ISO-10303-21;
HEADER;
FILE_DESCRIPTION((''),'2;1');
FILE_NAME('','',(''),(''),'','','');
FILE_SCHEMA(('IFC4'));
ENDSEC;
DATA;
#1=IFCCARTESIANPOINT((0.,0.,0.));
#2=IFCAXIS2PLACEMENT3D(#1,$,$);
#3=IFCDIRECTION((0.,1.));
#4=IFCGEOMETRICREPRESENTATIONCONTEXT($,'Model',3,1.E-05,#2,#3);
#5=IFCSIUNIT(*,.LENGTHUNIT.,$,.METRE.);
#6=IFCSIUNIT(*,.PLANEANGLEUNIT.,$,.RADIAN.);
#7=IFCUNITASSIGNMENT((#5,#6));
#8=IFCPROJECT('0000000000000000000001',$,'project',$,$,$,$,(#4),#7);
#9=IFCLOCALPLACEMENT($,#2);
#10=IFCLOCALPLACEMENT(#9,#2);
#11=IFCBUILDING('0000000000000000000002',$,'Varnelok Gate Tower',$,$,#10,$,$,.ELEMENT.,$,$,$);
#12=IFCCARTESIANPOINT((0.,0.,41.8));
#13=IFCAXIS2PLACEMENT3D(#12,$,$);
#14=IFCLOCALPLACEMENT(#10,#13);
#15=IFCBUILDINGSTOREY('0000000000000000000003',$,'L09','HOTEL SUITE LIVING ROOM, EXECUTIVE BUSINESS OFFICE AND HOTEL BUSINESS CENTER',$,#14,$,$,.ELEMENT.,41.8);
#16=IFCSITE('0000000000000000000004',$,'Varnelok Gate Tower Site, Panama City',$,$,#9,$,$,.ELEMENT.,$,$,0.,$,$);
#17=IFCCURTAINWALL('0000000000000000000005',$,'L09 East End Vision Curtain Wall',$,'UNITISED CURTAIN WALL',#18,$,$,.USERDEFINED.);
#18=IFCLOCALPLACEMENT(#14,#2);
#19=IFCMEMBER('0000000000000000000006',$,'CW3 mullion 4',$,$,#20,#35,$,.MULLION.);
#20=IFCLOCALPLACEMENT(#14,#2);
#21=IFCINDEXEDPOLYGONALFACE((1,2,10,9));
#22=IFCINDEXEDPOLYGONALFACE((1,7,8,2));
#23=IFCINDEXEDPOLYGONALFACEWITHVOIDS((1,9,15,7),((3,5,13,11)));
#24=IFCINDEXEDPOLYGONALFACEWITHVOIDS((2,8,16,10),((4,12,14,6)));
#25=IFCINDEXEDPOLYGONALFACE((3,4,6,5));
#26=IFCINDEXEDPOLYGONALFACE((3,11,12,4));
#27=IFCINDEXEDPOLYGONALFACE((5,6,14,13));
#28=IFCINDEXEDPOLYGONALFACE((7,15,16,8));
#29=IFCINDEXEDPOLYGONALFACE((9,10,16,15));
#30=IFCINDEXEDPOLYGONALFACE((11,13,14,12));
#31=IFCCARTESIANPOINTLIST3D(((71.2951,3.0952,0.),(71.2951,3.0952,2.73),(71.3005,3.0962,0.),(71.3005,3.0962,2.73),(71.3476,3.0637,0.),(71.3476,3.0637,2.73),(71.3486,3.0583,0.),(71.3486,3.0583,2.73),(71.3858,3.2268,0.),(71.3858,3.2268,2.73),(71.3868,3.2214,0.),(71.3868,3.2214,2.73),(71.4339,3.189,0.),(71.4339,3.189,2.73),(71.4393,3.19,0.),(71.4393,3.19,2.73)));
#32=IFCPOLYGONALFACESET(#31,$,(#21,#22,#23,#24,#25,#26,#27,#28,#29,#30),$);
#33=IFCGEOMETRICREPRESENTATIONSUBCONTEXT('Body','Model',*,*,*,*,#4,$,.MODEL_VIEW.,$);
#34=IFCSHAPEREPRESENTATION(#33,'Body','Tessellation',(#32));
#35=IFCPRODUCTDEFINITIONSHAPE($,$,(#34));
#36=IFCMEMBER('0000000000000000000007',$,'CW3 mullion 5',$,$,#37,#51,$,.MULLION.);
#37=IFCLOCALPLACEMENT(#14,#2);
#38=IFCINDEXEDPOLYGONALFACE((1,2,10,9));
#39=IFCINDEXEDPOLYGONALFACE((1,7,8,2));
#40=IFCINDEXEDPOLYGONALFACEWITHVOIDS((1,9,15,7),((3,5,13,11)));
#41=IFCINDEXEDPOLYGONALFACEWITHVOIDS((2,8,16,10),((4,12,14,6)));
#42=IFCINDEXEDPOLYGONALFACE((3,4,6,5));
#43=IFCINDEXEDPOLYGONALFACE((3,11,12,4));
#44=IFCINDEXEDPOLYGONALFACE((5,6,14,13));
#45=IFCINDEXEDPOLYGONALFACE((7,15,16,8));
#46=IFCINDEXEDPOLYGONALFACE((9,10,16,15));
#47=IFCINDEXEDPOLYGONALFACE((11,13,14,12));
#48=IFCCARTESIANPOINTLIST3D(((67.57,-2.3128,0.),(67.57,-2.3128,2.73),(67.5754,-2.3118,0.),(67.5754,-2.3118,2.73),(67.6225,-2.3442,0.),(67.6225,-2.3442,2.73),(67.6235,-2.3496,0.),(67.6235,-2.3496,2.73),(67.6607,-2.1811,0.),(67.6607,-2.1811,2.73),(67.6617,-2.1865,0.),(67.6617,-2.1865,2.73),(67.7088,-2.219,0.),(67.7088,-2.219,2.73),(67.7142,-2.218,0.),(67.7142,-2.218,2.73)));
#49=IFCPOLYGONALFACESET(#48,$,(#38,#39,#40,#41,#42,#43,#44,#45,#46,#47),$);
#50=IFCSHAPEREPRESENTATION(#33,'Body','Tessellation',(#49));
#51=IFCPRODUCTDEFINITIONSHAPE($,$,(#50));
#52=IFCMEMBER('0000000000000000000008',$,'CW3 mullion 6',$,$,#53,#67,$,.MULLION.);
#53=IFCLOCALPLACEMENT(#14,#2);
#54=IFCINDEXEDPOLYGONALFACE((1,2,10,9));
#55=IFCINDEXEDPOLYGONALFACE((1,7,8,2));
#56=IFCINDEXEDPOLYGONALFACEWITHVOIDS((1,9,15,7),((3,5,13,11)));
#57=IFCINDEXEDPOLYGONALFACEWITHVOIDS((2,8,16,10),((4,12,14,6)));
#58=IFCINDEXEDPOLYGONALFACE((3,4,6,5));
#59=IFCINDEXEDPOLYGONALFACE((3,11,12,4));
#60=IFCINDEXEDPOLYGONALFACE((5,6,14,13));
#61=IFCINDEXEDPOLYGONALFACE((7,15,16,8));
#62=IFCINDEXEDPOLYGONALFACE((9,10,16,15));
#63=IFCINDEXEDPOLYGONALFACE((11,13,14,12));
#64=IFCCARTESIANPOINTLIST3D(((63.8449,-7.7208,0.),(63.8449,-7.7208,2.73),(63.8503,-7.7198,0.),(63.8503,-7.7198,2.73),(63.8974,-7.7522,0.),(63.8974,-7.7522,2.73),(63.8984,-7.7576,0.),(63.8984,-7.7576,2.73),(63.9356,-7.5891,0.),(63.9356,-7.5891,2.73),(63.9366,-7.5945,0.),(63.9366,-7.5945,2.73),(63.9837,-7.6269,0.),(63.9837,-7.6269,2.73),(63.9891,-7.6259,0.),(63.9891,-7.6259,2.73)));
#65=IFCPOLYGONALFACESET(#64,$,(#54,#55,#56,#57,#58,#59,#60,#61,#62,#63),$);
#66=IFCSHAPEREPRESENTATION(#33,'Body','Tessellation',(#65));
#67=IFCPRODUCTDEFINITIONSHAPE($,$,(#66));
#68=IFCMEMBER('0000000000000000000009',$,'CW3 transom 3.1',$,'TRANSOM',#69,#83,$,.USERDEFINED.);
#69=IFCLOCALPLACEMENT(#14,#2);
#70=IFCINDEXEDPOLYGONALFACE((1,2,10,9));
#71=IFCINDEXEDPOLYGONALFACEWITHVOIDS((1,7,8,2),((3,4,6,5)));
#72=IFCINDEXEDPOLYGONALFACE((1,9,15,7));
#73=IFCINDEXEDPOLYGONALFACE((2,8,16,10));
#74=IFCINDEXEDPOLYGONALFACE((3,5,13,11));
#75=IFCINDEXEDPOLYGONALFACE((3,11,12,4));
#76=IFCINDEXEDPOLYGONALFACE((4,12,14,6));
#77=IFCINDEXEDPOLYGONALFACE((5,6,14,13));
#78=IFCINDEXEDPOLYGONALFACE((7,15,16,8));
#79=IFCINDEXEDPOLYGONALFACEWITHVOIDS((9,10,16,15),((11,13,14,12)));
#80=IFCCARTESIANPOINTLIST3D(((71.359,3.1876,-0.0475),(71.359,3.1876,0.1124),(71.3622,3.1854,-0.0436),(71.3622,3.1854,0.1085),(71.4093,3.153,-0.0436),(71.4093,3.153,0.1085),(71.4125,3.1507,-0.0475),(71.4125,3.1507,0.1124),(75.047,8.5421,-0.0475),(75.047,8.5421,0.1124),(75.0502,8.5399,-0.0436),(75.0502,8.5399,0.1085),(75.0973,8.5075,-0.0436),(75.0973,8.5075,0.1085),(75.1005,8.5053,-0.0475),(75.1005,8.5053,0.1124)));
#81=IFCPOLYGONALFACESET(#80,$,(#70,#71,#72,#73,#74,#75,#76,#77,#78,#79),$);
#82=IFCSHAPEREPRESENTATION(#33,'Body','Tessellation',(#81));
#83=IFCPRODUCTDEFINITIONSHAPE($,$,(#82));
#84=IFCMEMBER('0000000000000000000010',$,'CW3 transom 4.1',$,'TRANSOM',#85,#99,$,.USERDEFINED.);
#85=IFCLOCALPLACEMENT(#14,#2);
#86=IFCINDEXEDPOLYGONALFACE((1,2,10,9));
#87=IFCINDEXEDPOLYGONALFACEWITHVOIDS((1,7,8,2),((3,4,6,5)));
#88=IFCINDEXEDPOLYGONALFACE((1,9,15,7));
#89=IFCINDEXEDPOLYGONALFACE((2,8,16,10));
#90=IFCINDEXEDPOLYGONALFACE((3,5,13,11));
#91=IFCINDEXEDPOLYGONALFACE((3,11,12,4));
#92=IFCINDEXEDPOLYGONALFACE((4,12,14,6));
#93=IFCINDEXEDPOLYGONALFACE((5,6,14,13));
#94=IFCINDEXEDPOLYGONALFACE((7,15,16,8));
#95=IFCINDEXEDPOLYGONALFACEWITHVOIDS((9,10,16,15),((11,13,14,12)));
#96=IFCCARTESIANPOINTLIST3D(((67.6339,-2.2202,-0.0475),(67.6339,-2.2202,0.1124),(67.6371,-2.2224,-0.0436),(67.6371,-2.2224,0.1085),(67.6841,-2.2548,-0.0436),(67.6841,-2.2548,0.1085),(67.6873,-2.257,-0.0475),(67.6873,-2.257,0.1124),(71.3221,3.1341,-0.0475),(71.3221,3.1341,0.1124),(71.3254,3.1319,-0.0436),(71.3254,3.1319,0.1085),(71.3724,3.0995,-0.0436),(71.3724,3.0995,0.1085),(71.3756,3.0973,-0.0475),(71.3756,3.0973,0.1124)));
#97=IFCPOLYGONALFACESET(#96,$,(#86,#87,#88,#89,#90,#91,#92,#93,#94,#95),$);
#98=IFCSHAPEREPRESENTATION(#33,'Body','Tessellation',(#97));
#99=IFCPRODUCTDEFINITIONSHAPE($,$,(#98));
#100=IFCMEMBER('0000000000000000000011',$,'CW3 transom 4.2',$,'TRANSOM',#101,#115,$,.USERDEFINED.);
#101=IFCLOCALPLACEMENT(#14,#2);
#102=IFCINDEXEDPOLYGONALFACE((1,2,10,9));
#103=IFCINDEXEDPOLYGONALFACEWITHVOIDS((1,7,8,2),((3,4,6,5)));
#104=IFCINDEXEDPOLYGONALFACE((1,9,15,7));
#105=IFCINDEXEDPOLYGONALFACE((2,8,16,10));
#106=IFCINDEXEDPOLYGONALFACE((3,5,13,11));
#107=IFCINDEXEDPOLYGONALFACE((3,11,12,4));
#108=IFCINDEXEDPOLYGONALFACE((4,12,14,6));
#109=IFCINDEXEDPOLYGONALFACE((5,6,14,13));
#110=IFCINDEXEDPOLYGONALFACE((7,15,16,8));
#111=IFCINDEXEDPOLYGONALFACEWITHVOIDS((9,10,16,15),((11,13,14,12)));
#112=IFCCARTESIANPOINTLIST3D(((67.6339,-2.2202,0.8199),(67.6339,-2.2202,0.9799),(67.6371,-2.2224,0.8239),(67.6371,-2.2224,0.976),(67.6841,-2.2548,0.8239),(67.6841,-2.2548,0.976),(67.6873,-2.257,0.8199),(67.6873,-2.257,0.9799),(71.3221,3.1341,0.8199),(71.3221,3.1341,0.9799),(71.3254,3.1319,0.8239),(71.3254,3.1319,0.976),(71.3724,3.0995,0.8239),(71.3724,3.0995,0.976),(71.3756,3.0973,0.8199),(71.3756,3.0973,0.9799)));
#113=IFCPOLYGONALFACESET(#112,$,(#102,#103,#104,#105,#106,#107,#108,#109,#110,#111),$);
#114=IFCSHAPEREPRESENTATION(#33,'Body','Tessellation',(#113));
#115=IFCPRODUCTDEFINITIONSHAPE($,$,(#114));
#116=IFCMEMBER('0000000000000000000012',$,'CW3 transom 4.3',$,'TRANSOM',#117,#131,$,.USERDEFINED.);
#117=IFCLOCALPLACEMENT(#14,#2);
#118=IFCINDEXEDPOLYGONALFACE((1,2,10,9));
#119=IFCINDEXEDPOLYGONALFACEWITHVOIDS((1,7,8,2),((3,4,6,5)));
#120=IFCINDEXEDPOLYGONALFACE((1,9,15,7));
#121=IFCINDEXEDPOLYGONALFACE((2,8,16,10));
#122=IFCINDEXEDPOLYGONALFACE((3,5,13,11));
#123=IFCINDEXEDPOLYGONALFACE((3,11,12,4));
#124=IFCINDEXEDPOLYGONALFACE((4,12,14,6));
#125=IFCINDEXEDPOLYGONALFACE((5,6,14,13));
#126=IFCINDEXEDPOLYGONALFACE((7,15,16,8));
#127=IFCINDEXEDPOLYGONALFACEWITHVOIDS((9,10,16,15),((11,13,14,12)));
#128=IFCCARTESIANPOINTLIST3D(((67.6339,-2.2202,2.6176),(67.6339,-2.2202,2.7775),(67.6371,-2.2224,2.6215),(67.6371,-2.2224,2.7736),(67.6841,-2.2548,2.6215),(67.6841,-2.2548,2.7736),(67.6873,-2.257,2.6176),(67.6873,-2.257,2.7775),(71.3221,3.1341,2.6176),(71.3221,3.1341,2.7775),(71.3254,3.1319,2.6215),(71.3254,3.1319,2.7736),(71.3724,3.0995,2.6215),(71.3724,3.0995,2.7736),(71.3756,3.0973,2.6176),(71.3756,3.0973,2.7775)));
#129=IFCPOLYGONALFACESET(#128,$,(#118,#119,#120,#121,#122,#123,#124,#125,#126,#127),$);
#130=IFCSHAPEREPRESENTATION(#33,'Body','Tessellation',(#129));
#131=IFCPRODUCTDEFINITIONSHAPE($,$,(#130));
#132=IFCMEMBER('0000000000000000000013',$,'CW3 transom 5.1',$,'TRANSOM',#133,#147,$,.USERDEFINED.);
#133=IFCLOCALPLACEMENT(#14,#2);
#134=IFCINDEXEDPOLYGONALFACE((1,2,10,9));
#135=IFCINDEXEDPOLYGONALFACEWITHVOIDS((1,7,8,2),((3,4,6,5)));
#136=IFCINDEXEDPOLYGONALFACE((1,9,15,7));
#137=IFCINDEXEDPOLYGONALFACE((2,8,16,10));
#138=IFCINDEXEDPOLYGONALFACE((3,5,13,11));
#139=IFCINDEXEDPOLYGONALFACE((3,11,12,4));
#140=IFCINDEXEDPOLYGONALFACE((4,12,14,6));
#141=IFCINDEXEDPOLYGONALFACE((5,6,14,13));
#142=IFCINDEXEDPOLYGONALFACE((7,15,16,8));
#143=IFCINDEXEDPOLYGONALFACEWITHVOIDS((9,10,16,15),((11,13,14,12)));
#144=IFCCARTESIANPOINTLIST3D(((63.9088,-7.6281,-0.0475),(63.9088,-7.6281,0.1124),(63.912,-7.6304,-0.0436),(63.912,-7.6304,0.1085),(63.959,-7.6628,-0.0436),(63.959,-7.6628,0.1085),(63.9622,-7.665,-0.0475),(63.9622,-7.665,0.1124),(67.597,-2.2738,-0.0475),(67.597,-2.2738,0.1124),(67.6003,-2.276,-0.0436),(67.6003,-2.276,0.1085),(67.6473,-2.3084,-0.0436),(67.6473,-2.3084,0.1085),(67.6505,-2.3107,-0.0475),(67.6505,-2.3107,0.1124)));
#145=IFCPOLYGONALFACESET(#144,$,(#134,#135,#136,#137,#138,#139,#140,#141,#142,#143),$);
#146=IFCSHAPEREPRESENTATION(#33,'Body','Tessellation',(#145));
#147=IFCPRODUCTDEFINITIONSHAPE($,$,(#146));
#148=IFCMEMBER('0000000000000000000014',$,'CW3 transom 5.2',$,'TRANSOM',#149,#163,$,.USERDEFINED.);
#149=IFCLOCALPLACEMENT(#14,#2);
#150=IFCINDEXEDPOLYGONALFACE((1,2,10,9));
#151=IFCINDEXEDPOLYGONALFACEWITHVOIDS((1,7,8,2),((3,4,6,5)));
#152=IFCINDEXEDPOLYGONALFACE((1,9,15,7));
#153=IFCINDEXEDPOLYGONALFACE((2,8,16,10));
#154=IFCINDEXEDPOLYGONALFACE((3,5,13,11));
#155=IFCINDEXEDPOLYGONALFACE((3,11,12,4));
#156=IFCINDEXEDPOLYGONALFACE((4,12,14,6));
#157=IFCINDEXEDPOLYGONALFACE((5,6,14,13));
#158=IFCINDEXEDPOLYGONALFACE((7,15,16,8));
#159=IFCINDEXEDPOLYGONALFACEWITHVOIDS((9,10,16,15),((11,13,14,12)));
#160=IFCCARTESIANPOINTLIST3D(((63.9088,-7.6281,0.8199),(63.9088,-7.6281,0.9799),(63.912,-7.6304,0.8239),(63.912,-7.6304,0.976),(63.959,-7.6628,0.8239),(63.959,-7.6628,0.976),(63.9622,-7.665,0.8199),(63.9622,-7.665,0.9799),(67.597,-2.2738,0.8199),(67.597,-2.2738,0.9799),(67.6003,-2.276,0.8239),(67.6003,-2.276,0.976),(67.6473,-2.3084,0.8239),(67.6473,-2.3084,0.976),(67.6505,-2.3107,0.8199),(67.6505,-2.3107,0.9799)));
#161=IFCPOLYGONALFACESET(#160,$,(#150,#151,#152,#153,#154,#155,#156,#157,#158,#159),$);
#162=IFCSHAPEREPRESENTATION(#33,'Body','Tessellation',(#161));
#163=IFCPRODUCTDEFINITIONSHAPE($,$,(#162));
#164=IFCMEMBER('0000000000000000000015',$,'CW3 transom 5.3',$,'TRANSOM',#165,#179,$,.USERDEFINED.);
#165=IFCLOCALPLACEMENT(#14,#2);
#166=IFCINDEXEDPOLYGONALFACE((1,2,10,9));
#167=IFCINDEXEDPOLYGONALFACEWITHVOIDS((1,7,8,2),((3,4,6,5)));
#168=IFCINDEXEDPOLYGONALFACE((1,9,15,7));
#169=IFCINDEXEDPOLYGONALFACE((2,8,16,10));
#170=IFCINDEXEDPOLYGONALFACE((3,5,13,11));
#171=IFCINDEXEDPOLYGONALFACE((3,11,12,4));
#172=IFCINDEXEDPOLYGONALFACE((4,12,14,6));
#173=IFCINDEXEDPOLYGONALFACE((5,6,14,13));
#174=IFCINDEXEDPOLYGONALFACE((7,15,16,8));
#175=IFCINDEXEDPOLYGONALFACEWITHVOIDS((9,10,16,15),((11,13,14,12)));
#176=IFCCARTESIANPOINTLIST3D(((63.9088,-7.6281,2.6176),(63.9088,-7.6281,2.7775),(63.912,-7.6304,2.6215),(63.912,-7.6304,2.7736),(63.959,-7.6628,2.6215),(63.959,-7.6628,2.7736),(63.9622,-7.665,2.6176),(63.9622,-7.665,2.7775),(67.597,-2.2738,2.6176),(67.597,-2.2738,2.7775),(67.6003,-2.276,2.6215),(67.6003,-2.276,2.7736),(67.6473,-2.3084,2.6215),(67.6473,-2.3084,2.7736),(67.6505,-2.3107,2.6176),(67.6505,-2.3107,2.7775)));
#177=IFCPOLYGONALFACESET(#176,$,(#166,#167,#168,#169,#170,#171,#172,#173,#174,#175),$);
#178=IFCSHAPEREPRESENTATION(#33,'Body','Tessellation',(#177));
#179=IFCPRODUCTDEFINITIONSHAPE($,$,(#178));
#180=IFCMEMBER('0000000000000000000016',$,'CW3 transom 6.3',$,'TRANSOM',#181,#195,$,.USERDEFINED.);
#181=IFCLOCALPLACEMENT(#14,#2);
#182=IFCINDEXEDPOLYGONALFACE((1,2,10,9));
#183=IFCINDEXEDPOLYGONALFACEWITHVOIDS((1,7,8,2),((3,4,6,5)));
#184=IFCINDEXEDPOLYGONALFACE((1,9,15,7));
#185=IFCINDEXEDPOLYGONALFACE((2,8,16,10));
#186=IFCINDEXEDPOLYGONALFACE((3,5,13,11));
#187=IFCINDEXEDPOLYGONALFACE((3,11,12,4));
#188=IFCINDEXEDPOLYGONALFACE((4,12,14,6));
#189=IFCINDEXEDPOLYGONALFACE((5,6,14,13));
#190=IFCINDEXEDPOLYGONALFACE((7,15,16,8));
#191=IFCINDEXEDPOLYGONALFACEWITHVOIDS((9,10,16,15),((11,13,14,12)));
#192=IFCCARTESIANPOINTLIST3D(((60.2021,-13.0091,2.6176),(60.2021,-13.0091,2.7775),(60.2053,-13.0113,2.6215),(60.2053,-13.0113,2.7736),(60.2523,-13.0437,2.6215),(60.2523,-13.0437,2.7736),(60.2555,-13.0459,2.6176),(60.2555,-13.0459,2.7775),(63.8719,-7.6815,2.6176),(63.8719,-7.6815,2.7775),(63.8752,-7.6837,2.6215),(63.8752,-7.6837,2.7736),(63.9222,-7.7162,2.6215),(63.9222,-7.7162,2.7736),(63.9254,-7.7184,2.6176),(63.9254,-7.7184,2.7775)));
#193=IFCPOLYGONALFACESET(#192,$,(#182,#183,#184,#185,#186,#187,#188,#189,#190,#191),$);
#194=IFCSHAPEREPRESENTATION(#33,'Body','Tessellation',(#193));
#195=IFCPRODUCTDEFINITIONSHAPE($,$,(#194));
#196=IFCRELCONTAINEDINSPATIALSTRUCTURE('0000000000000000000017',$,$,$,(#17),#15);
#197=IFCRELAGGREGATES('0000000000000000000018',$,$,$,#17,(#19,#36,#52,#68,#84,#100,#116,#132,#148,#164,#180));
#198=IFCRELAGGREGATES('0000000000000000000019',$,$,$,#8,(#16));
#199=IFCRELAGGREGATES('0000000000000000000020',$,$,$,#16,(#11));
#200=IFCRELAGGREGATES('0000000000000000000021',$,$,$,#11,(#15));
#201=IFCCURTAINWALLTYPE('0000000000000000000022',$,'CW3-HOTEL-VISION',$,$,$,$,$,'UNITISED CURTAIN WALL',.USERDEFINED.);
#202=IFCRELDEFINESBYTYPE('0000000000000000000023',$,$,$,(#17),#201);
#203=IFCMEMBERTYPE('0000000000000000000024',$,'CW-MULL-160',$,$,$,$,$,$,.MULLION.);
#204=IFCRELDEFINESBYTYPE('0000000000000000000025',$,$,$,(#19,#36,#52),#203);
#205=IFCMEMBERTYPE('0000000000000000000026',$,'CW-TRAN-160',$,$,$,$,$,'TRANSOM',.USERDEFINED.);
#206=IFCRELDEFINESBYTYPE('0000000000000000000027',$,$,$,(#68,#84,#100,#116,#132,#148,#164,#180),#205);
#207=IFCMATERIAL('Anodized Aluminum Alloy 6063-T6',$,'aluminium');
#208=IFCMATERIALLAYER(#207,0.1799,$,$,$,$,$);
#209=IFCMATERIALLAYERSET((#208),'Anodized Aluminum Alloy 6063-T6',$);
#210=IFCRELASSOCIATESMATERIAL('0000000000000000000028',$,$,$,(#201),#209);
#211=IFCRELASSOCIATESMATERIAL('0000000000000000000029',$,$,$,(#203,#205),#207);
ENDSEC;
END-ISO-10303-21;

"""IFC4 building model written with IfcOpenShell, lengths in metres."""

from ifc_helpers import new_model, si_unit, direction, frame, origin, origin_2d, place, context, subcontext, project, spatial, hollow_rectangle, extrude, material, layer, layer_set, material_profile, profile_set, type_object, element, aggregate, save


model = new_model("IFC4")

# Units and contexts
model_context = context("Model", 3, precision=1e-05, world=origin(), true_north=direction((0.0, 1.0)))
body_context = subcontext(model_context, "Body", "Model", "MODEL_VIEW")
ifc_project = project(units=[si_unit("LENGTHUNIT", "METRE"), si_unit("PLANEANGLEUNIT", "RADIAN")], contexts=[model_context])

# Site, building, storey
site_placement = place(None, origin())
site = spatial("IfcSite", under=ifc_project, at=site_placement, Name="Varnelok Gate Tower Site, Panama City", CompositionType="ELEMENT", RefElevation=0.0)
building_placement = place(site_placement, origin())
building = spatial("IfcBuilding", under=site, at=building_placement, Name="Varnelok Gate Tower", CompositionType="ELEMENT")
storey_placement = place(building_placement, frame((0.0, 0.0, 41.8)))
storey = spatial("IfcBuildingStorey", under=building, at=storey_placement, Name="L09", Description="HOTEL SUITE LIVING ROOM, EXECUTIVE BUSINESS OFFICE AND HOTEL BUSINESS CENTER", CompositionType="ELEMENT", Elevation=41.8)

# Curtain wall, members
ifc_material_1 = material(Name="Anodized Aluminum Alloy 6063-T6", Category="aluminium")
ifc_layer_1 = layer(ifc_material_1, 0.1799)
ifc_layer_set_1 = layer_set([ifc_layer_1], Name="Anodized Aluminum Alloy 6063-T6")
curtain_wall_type = type_object("IfcCurtainWallType", Name="CW3-HOTEL-VISION", ElementType="UNITISED CURTAIN WALL", PredefinedType="USERDEFINED", material=ifc_layer_set_1)
curtain_wall_placement = place(storey_placement, origin())
curtain_wall = element("IfcCurtainWall", 1, at=curtain_wall_placement, inside=storey, type_object=curtain_wall_type, Name="L09 East End Vision Curtain Wall", ObjectType="UNITISED CURTAIN WALL", PredefinedType="USERDEFINED")
ifc_material_profile_1 = material_profile(ifc_material_1, hollow_rectangle(XDim=0.0649, YDim=0.1599, WallThickness=0.0039, at=origin_2d()), Name="ALU160X65X4")
ifc_profile_set_1 = profile_set([ifc_material_profile_1], Name="Anodized Aluminum Alloy 6063-T6")
member_type_1 = type_object("IfcMemberType", Name="CW-MULL-160", PredefinedType="MULLION", material=ifc_profile_set_1)
member_1_placement = place(storey_placement, frame((71.3672, 3.1426, 0.0), z_axis=(0.0, 0.0, 1.0), x_axis=(0.823533, -0.567269, 0.0)))
member_1 = element("IfcMember", 2, at=member_1_placement, type_object=member_type_1, Name="CW3 mullion 4", PredefinedType="MULLION", context=body_context, shape_type="SweptSolid", body=[
    extrude(hollow_rectangle(XDim=0.0649, YDim=0.1599, WallThickness=0.0039, at=origin_2d()), origin(), (0.0, 0.0, 1.0), 2.73),
])
member_2_placement = place(storey_placement, frame((67.6421, -2.2654, 0.0), z_axis=(0.0, 0.0, 1.0), x_axis=(0.823533, -0.567269, 0.0)))
member_2 = element("IfcMember", 3, at=member_2_placement, type_object=member_type_1, Name="CW3 mullion 5", PredefinedType="MULLION", context=body_context, shape_type="SweptSolid", body=[
    extrude(hollow_rectangle(XDim=0.0649, YDim=0.1599, WallThickness=0.0039, at=origin_2d()), origin(), (0.0, 0.0, 1.0), 2.73),
])
member_3_placement = place(storey_placement, frame((63.917, -7.6733, 0.0), z_axis=(0.0, 0.0, 1.0), x_axis=(0.823533, -0.567269, 0.0)))
member_3 = element("IfcMember", 4, at=member_3_placement, type_object=member_type_1, Name="CW3 mullion 6", PredefinedType="MULLION", context=body_context, shape_type="SweptSolid", body=[
    extrude(hollow_rectangle(XDim=0.0649, YDim=0.1599, WallThickness=0.0039, at=origin_2d()), origin(), (0.0, 0.0, 1.0), 2.73),
])
ifc_material_profile_2 = material_profile(ifc_material_1, hollow_rectangle(XDim=0.0649, YDim=0.1599, WallThickness=0.0039, at=origin_2d()), Name="ALU160X65X4")
ifc_profile_set_2 = profile_set([ifc_material_profile_2], Name="Anodized Aluminum Alloy 6063-T6")
member_type_2 = type_object("IfcMemberType", Name="CW-TRAN-160", ElementType="TRANSOM", PredefinedType="USERDEFINED", material=ifc_profile_set_2)
member_4_placement = place(storey_placement, frame((75.0737, 8.5237, 0.0325), z_axis=(-0.567236, -0.823555, 0.0), x_axis=(0.823555, -0.567236, 0.0)))
member_4 = element("IfcMember", 5, at=member_4_placement, type_object=member_type_2, Name="CW3 transom 3.1", ObjectType="TRANSOM", PredefinedType="USERDEFINED", context=body_context, shape_type="SweptSolid", body=[
    extrude(hollow_rectangle(XDim=0.0649, YDim=0.1599, WallThickness=0.0039, at=origin_2d()), origin(), (0.0, 0.0, 1.0), 6.5017),
])
member_5_placement = place(storey_placement, frame((71.3489, 3.1157, 0.0325), z_axis=(-0.567279, -0.823526, 0.0), x_axis=(0.823526, -0.567279, 0.0)))
member_5 = element("IfcMember", 6, at=member_5_placement, type_object=member_type_2, Name="CW3 transom 4.1", ObjectType="TRANSOM", PredefinedType="USERDEFINED", context=body_context, shape_type="SweptSolid", body=[
    extrude(hollow_rectangle(XDim=0.0649, YDim=0.1599, WallThickness=0.0039, at=origin_2d()), origin(), (0.0, 0.0, 1.0), 6.5017),
])
member_6_placement = place(storey_placement, frame((71.3489, 3.1157, 0.8999), z_axis=(-0.567279, -0.823526, 0.0), x_axis=(0.823526, -0.567279, 0.0)))
member_6 = element("IfcMember", 7, at=member_6_placement, type_object=member_type_2, Name="CW3 transom 4.2", ObjectType="TRANSOM", PredefinedType="USERDEFINED", context=body_context, shape_type="SweptSolid", body=[
    extrude(hollow_rectangle(XDim=0.0649, YDim=0.1599, WallThickness=0.0039, at=origin_2d()), origin(), (0.0, 0.0, 1.0), 6.5017),
])
member_7_placement = place(storey_placement, frame((71.3489, 3.1157, 2.6975), z_axis=(-0.567279, -0.823526, 0.0), x_axis=(0.823526, -0.567279, 0.0)))
member_7 = element("IfcMember", 8, at=member_7_placement, type_object=member_type_2, Name="CW3 transom 4.3", ObjectType="TRANSOM", PredefinedType="USERDEFINED", context=body_context, shape_type="SweptSolid", body=[
    extrude(hollow_rectangle(XDim=0.0649, YDim=0.1599, WallThickness=0.0039, at=origin_2d()), origin(), (0.0, 0.0, 1.0), 6.5017),
])
member_8_placement = place(storey_placement, frame((67.6238, -2.2922, 0.0325), z_axis=(-0.567279, -0.823526, 0.0), x_axis=(0.823526, -0.567279, 0.0)))
member_8 = element("IfcMember", 9, at=member_8_placement, type_object=member_type_2, Name="CW3 transom 5.1", ObjectType="TRANSOM", PredefinedType="USERDEFINED", context=body_context, shape_type="SweptSolid", body=[
    extrude(hollow_rectangle(XDim=0.0649, YDim=0.1599, WallThickness=0.0039, at=origin_2d()), origin(), (0.0, 0.0, 1.0), 6.5017),
])
member_9_placement = place(storey_placement, frame((67.6238, -2.2922, 0.8999), z_axis=(-0.567279, -0.823526, 0.0), x_axis=(0.823526, -0.567279, 0.0)))
member_9 = element("IfcMember", 10, at=member_9_placement, type_object=member_type_2, Name="CW3 transom 5.2", ObjectType="TRANSOM", PredefinedType="USERDEFINED", context=body_context, shape_type="SweptSolid", body=[
    extrude(hollow_rectangle(XDim=0.0649, YDim=0.1599, WallThickness=0.0039, at=origin_2d()), origin(), (0.0, 0.0, 1.0), 6.5017),
])
member_10_placement = place(storey_placement, frame((67.6238, -2.2922, 2.6975), z_axis=(-0.567279, -0.823526, 0.0), x_axis=(0.823526, -0.567279, 0.0)))
member_10 = element("IfcMember", 11, at=member_10_placement, type_object=member_type_2, Name="CW3 transom 5.3", ObjectType="TRANSOM", PredefinedType="USERDEFINED", context=body_context, shape_type="SweptSolid", body=[
    extrude(hollow_rectangle(XDim=0.0649, YDim=0.1599, WallThickness=0.0039, at=origin_2d()), origin(), (0.0, 0.0, 1.0), 6.5017),
])
member_11_placement = place(storey_placement, frame((63.8987, -7.7, 2.6975), z_axis=(-0.567281, -0.823524, 0.0), x_axis=(0.823524, -0.567281, 0.0)))
member_11 = element("IfcMember", 12, at=member_11_placement, type_object=member_type_2, Name="CW3 transom 6.3", ObjectType="TRANSOM", PredefinedType="USERDEFINED", context=body_context, shape_type="SweptSolid", body=[
    extrude(hollow_rectangle(XDim=0.0649, YDim=0.1599, WallThickness=0.0039, at=origin_2d()), origin(), (0.0, 0.0, 1.0), 6.4692),
])
aggregate(curtain_wall, [member_1, member_2, member_3, member_4, member_5, member_6, member_7, member_8, member_9, member_10, member_11])

save(model, "model.ifc")
